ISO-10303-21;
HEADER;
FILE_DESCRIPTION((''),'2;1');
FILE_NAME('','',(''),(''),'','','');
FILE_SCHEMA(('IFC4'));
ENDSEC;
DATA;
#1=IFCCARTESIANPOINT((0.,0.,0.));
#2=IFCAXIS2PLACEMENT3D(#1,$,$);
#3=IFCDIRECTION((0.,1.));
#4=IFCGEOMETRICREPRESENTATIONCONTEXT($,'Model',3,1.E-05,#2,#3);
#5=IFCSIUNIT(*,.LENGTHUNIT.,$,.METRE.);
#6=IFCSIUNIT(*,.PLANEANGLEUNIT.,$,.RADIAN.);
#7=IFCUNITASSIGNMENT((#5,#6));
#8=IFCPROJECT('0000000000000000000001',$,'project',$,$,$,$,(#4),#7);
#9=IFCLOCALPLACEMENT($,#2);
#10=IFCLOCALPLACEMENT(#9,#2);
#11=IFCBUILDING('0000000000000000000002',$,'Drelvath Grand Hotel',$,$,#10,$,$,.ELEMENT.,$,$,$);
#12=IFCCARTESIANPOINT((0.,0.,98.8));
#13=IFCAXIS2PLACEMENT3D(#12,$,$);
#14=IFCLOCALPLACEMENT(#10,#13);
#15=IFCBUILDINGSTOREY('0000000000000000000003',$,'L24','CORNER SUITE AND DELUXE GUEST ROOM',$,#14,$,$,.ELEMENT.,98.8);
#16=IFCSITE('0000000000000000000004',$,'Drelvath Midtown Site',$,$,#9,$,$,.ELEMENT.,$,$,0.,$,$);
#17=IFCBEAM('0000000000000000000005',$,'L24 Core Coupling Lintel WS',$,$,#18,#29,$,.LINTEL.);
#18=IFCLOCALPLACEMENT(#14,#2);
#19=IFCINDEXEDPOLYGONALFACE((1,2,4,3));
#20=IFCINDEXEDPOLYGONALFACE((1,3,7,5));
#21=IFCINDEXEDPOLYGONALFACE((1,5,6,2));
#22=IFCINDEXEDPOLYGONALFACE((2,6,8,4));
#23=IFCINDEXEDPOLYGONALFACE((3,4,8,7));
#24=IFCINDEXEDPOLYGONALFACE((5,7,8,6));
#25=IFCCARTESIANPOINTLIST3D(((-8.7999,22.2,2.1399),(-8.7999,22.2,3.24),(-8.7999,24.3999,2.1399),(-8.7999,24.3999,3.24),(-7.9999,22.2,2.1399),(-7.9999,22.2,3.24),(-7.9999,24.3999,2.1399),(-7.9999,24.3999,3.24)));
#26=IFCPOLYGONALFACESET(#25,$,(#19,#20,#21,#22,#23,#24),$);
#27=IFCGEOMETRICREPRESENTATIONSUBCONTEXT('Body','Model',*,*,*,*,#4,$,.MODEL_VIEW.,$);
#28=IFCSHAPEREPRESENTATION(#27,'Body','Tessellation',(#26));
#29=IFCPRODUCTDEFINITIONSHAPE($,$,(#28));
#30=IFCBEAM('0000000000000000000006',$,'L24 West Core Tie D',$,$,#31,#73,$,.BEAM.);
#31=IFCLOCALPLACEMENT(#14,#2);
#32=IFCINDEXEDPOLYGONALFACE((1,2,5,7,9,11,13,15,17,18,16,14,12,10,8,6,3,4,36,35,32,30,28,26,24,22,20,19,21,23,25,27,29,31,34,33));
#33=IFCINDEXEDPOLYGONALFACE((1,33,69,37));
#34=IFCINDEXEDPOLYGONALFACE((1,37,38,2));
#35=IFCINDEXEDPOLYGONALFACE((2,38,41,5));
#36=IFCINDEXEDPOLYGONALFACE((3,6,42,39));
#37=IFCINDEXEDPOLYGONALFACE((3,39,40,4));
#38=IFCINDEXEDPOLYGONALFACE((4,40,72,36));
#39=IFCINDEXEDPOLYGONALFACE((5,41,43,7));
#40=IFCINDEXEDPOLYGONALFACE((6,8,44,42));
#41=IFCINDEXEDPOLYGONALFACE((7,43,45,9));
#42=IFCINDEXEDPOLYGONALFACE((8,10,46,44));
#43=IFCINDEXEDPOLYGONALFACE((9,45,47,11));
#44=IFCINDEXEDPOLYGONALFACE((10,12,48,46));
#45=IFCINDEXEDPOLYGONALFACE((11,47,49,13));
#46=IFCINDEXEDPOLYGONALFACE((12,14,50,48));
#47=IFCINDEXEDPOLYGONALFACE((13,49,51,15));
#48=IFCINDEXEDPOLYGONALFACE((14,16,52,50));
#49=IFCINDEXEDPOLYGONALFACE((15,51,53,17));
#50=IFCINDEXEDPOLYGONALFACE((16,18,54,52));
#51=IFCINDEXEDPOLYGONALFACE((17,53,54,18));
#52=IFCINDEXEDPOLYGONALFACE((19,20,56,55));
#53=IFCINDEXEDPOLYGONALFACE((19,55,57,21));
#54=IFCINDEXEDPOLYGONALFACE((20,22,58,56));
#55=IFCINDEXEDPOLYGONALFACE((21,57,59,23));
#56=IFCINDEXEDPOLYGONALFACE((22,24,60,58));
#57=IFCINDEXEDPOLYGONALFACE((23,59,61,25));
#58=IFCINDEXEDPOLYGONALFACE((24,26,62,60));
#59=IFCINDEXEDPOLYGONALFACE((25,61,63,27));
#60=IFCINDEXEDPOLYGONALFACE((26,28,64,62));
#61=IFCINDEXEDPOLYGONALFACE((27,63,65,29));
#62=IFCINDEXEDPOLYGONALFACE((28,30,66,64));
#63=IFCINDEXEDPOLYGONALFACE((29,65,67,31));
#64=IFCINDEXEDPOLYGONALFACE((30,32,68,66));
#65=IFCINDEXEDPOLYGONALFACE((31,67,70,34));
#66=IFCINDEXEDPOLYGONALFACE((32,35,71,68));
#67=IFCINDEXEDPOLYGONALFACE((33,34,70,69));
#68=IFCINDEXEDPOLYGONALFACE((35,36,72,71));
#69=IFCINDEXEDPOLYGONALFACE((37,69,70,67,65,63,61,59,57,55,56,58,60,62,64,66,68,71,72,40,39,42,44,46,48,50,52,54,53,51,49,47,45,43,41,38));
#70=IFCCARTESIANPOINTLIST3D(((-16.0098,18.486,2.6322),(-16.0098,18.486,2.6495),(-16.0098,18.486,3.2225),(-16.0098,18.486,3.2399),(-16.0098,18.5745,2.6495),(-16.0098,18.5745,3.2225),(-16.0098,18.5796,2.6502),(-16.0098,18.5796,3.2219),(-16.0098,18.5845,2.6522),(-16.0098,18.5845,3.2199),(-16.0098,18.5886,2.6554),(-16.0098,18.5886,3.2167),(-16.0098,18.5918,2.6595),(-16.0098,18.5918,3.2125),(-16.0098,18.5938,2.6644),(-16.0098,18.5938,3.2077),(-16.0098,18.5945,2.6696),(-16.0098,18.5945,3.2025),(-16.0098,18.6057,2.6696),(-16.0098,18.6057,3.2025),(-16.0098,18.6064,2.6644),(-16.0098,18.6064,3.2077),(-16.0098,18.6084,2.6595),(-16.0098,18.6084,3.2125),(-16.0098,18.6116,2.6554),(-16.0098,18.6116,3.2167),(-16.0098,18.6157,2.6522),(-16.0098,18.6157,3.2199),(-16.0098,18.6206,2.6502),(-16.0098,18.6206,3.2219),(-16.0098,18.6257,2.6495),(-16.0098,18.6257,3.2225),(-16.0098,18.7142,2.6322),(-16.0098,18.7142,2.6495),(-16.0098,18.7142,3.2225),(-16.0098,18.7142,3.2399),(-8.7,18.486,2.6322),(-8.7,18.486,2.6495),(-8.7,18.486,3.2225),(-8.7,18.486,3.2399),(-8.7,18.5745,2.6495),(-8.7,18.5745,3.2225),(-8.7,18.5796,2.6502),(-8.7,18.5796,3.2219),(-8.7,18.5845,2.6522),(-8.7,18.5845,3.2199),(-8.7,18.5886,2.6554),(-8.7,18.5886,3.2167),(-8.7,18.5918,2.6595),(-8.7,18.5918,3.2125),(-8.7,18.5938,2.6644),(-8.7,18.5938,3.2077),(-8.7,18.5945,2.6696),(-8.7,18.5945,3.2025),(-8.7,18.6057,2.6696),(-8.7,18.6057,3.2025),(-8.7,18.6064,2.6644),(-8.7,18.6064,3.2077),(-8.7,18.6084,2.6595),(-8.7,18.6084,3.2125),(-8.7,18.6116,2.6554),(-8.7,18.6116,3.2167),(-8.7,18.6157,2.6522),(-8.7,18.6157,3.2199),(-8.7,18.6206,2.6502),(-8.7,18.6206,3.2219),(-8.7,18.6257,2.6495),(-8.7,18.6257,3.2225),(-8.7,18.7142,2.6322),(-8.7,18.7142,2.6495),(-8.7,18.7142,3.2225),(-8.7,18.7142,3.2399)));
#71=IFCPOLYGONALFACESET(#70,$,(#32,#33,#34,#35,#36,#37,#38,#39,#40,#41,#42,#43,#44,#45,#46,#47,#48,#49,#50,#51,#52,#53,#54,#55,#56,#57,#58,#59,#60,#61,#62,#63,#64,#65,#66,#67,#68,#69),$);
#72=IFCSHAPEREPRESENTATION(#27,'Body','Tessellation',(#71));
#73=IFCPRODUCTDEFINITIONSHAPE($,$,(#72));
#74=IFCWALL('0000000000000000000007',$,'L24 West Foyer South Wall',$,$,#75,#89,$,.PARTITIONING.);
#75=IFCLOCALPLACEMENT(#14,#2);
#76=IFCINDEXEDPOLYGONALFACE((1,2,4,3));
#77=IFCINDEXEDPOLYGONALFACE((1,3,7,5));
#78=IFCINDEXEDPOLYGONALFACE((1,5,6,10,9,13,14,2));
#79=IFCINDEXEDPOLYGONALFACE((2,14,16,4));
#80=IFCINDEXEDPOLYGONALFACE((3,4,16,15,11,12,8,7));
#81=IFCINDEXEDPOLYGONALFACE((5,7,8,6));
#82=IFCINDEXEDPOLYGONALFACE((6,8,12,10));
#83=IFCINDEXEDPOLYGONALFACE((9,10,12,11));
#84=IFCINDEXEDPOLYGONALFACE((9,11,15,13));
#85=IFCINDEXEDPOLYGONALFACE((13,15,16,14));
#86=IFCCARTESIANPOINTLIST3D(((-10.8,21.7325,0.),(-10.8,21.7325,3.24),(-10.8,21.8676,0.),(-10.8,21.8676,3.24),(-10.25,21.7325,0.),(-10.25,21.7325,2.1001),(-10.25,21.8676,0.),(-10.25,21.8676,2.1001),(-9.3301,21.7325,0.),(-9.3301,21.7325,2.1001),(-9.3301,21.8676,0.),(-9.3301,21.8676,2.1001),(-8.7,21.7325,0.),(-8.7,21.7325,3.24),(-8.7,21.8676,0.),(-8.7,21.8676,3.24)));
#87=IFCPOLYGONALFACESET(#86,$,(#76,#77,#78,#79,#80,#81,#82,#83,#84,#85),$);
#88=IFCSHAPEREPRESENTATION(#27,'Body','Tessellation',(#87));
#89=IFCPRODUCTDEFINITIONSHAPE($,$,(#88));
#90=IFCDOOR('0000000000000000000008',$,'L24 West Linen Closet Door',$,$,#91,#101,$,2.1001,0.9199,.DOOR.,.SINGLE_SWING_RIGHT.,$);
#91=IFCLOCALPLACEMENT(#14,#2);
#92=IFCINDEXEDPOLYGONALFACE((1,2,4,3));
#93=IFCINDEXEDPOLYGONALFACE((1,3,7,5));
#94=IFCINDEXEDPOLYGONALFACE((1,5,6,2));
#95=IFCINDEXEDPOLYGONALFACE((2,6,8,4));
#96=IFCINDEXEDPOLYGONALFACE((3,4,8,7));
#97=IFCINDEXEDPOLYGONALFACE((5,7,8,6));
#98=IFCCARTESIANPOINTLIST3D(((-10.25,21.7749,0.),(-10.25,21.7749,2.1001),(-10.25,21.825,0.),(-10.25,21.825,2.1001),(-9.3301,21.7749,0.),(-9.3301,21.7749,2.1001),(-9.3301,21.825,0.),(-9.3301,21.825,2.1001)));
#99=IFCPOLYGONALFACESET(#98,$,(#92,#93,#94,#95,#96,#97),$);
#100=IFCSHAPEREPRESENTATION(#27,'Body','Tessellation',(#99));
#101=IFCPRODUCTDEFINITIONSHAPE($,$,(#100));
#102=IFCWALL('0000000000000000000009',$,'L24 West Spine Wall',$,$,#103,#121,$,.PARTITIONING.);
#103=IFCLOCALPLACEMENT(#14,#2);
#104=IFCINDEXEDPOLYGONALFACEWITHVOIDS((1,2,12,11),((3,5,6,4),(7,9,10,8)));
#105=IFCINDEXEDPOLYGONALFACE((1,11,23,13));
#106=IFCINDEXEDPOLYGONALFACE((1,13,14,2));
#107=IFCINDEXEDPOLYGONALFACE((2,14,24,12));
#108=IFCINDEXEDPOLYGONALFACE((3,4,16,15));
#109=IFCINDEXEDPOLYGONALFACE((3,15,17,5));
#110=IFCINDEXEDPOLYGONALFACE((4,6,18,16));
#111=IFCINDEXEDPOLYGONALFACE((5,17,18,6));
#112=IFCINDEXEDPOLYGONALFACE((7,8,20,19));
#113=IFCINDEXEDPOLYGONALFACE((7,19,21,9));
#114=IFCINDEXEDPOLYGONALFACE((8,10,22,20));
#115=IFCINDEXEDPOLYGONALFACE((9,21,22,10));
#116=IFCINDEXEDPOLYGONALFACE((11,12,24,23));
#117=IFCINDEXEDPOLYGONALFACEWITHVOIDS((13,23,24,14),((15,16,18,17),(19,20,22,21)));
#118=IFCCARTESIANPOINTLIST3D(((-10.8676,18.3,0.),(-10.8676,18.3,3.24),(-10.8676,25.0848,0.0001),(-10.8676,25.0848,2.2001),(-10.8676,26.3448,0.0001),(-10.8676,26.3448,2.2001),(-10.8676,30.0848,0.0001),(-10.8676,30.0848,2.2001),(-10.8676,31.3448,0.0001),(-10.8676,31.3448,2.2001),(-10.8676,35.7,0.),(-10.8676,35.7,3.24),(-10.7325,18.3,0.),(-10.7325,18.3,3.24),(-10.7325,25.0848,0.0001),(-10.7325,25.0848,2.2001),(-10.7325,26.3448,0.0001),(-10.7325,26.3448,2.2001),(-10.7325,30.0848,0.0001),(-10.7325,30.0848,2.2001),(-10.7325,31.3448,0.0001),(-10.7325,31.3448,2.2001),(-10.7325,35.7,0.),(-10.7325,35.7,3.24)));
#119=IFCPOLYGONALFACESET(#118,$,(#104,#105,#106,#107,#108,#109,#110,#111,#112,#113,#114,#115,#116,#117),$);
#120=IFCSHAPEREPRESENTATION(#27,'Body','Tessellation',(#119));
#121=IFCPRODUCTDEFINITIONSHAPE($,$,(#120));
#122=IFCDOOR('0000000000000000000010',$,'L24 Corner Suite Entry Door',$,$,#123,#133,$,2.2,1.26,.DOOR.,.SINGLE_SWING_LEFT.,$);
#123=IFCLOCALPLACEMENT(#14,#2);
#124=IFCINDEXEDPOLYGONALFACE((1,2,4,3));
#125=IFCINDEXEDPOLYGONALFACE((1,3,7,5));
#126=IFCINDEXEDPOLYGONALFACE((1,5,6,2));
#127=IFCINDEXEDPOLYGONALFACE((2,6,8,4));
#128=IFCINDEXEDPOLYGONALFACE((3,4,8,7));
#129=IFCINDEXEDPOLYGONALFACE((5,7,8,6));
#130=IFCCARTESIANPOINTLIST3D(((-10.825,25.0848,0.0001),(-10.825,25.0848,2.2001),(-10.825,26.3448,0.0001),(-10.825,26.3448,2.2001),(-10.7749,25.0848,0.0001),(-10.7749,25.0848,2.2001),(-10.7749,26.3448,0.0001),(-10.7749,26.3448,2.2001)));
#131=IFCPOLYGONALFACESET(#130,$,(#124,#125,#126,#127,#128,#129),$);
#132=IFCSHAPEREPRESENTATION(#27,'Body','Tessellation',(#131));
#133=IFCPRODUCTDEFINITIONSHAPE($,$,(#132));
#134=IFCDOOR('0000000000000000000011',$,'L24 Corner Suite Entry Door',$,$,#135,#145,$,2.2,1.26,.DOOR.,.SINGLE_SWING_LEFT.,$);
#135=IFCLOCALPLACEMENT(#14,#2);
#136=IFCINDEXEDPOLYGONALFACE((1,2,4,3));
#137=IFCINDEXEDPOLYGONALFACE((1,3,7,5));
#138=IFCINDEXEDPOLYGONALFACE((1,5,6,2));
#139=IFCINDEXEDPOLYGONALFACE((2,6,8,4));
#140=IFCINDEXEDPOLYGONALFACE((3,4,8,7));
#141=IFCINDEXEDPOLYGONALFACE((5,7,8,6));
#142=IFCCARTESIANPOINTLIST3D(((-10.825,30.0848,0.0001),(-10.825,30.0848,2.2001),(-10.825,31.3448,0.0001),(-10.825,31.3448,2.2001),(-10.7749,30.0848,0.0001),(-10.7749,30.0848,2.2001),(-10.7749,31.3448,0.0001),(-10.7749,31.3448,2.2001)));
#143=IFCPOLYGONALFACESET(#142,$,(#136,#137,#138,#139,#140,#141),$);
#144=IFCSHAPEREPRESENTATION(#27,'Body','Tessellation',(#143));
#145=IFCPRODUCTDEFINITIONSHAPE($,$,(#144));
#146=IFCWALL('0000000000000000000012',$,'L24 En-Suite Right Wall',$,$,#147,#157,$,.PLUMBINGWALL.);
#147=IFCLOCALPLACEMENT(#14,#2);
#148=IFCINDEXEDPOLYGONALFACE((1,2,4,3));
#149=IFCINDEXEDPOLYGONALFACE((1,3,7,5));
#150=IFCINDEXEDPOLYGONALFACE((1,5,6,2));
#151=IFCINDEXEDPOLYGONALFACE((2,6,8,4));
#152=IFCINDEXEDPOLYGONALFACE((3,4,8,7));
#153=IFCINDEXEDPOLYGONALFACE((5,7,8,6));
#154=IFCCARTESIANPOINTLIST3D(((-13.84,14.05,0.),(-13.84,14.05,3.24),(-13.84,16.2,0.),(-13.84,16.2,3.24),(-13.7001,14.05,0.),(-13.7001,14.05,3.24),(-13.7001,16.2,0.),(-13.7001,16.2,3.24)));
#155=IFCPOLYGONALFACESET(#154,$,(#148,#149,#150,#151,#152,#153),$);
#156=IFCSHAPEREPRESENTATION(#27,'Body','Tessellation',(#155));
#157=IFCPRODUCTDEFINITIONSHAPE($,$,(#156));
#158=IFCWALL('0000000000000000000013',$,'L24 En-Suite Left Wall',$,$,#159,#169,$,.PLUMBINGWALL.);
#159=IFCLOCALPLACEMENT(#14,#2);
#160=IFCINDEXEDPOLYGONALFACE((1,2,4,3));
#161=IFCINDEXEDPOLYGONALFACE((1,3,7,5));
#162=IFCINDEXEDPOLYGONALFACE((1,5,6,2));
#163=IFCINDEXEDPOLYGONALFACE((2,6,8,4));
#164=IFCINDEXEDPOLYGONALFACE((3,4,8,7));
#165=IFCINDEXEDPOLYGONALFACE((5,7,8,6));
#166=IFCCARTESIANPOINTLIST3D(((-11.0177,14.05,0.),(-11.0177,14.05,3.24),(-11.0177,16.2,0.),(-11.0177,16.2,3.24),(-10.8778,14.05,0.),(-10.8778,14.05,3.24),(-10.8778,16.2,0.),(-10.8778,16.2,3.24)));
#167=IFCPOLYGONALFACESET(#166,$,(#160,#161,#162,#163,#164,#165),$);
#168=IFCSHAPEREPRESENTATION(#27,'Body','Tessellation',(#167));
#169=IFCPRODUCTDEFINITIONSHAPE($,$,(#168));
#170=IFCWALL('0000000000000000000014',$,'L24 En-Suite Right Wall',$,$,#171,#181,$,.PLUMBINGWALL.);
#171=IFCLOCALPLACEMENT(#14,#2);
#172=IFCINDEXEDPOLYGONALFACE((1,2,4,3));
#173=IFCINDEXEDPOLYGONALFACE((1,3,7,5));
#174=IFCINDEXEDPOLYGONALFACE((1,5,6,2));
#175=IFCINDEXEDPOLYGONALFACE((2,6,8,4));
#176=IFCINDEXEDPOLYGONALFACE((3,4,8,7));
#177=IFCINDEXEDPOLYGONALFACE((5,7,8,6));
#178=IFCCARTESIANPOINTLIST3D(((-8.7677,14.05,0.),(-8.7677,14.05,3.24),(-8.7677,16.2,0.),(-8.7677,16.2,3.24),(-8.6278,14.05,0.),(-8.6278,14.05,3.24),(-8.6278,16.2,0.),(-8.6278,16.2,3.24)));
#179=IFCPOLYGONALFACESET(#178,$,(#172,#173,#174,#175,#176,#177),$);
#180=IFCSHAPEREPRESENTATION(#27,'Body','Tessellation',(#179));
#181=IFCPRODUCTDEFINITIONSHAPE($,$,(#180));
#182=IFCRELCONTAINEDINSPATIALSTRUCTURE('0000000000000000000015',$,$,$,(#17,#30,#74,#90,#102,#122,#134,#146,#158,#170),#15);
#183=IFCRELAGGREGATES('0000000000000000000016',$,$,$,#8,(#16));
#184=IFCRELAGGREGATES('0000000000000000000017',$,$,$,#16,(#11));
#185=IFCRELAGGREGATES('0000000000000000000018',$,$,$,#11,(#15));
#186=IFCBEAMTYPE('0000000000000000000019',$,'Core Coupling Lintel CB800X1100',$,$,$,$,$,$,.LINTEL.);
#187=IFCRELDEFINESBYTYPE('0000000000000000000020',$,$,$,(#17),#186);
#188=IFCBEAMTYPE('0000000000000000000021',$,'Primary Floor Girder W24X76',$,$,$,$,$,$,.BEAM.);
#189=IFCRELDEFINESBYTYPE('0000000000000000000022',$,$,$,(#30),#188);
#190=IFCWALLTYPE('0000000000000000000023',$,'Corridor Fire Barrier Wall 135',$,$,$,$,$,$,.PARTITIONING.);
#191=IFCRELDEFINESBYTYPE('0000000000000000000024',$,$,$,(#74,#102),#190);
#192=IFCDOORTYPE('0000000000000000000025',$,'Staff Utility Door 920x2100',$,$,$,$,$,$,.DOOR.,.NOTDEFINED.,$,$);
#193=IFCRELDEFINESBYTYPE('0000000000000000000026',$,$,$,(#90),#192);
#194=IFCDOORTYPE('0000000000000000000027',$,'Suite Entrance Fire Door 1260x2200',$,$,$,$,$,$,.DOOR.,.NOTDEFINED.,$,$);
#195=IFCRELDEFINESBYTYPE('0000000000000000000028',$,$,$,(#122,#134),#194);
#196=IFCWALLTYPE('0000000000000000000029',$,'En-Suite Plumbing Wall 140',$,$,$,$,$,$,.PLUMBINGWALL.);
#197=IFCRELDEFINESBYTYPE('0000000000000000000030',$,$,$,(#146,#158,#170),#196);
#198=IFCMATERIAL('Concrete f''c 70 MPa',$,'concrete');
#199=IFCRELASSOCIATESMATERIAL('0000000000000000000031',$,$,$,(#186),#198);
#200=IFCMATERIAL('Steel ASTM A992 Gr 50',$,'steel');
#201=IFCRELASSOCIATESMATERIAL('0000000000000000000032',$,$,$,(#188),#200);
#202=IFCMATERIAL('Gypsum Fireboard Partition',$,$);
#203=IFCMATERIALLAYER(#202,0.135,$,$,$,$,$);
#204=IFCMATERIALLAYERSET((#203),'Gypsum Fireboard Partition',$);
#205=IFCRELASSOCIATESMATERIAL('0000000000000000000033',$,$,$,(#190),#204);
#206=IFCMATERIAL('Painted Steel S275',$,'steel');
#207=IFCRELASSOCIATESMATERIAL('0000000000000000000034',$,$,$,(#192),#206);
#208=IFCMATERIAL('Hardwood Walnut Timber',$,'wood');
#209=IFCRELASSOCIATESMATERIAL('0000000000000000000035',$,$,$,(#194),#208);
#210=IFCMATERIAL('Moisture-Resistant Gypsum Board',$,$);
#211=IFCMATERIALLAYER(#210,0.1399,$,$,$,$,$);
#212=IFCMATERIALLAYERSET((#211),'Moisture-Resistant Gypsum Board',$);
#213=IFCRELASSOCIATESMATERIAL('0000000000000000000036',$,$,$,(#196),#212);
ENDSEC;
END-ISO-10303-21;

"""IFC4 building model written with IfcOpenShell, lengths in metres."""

from ifc_helpers import new_model, si_unit, direction, frame, frame_2d, origin, origin_2d, place, context, subcontext, project, spatial, rectangle, i_section, extrude, material, layer, layer_set, material_profile, profile_set, type_object, element, fill, save


model = new_model("IFC4")

# Units and contexts
model_context = context("Model", 3, precision=1e-05, world=origin(), true_north=direction((0.0, 1.0)))
body_context = subcontext(model_context, "Body", "Model", "MODEL_VIEW")
ifc_project = project(units=[si_unit("LENGTHUNIT", "METRE"), si_unit("PLANEANGLEUNIT", "RADIAN")], contexts=[model_context])

# Site, building, storey
site_placement = place(None, origin())
site = spatial("IfcSite", under=ifc_project, at=site_placement, Name="Drelvath Midtown Site", CompositionType="ELEMENT", RefElevation=0.0)
building_placement = place(site_placement, origin())
building = spatial("IfcBuilding", under=site, at=building_placement, Name="Drelvath Grand Hotel", CompositionType="ELEMENT")
storey_placement = place(building_placement, frame((0.0, 0.0, 98.8)))
storey = spatial("IfcBuildingStorey", under=building, at=storey_placement, Name="L24", Description="CORNER SUITE AND DELUXE GUEST ROOM", CompositionType="ELEMENT", Elevation=98.8)

# Beams
ifc_material_1 = material(Name="Concrete f'c 70 MPa", Category="concrete")
ifc_material_profile_1 = material_profile(ifc_material_1, rectangle(XDim=0.8, YDim=1.1001, at=origin_2d()), Name="CB800X1100")
ifc_profile_set_1 = profile_set([ifc_material_profile_1], Name="Concrete f'c 70 MPa")
beam_type_1 = type_object("IfcBeamType", Name="Core Coupling Lintel CB800X1100", PredefinedType="LINTEL", material=ifc_profile_set_1)
beam_1_placement = place(storey_placement, frame((-8.3999, 22.2, 2.6899), z_axis=(0.0, 1.0, 0.0), x_axis=(-1.0, 0.0, 0.0)))
element("IfcBeam", 1, at=beam_1_placement, inside=storey, type_object=beam_type_1, Name="L24 Core Coupling Lintel WS", PredefinedType="LINTEL", context=body_context, shape_type="SweptSolid", body=[
    extrude(rectangle(XDim=0.8, YDim=1.1001, at=origin_2d()), origin(), (0.0, 0.0, 1.0), 2.2),
])
ifc_material_2 = material(Name="Steel ASTM A992 Gr 50", Category="steel")
ifc_material_profile_2 = material_profile(ifc_material_2, i_section(OverallWidth=0.2283, OverallDepth=0.6077, WebThickness=0.0112, FlangeThickness=0.0173, FilletRadius=0.02, at=origin_2d()), Name="W24X76")
ifc_profile_set_2 = profile_set([ifc_material_profile_2], Name="Steel ASTM A992 Gr 50")
beam_type_2 = type_object("IfcBeamType", Name="Primary Floor Girder W24X76", PredefinedType="BEAM", material=ifc_profile_set_2)
beam_2_placement = place(storey_placement, frame((-16.0098, 18.6001, 2.936), z_axis=(1.0, 0.0, 0.0), x_axis=(0.0, 1.0, 0.0)))
element("IfcBeam", 2, at=beam_2_placement, inside=storey, type_object=beam_type_2, Name="L24 West Core Tie D", PredefinedType="BEAM", context=body_context, shape_type="SweptSolid", body=[
    extrude(i_section(OverallWidth=0.2283, OverallDepth=0.6077, WebThickness=0.0112, FlangeThickness=0.0173, FilletRadius=0.02, at=origin_2d()), origin(), (0.0, 0.0, 1.0), 7.3098),
])

# Wall, opening, door
ifc_material_3 = material(Name="Gypsum Fireboard Partition")
ifc_layer_1 = layer(ifc_material_3, 0.135)
ifc_layer_set_1 = layer_set([ifc_layer_1], Name="Gypsum Fireboard Partition")
wall_type_1 = type_object("IfcWallType", Name="Corridor Fire Barrier Wall 135", PredefinedType="PARTITIONING", material=ifc_layer_set_1)
wall_1_placement = place(storey_placement, frame((-10.8, 21.8, 0.0), z_axis=(0.0, 0.0, 1.0), x_axis=(1.0, 0.0, 0.0)))
wall_1 = element("IfcWall", 3, at=wall_1_placement, inside=storey, type_object=wall_type_1, Name="L24 West Foyer South Wall", PredefinedType="PARTITIONING", context=body_context, shape_type="SweptSolid", body=[
    extrude(rectangle(XDim=2.1001, YDim=0.135, at=frame_2d((1.05, 0.0))), origin(), (0.0, 0.0, 1.0), 3.24),
])
opening_1_placement = place(wall_1_placement, frame((0.55, 0.0, 0.0)))
opening_1 = element("IfcOpeningElement", 4, at=opening_1_placement, cuts=wall_1, PredefinedType="OPENING", context=body_context, shape_type="SweptSolid", body=[
    extrude(rectangle(XDim=0.9199, YDim=2.1001, at=frame_2d((0.46, 1.05))), frame((0.0, 0.0774, 0.0), z_axis=(0.0, -1.0, 0.0), x_axis=(1.0, 0.0, 0.0)), (0.0, 0.0, 1.0), 0.155),
])
ifc_material_4 = material(Name="Painted Steel S275", Category="steel")
door_type_1 = type_object("IfcDoorType", Name="Staff Utility Door 920x2100", OperationType="NOTDEFINED", PredefinedType="DOOR", material=ifc_material_4)
door_1_placement = place(opening_1_placement, origin())
door_1 = element("IfcDoor", 5, at=door_1_placement, inside=storey, type_object=door_type_1, Name="L24 West Linen Closet Door", OperationType="SINGLE_SWING_RIGHT", OverallHeight=2.1001, OverallWidth=0.9199, PredefinedType="DOOR", context=body_context, shape_type="SweptSolid", body=[
    extrude(rectangle(XDim=0.9199, YDim=2.1001, at=frame_2d((0.46, 1.05))), frame((0.0, 0.0249, 0.0), z_axis=(0.0, -1.0, 0.0), x_axis=(1.0, 0.0, 0.0)), (0.0, 0.0, 1.0), 0.05),
])
fill(opening_1, door_1)

# Wall, openings, doors
wall_2_placement = place(storey_placement, frame((-10.8, 18.3, 0.0), z_axis=(0.0, 0.0, 1.0), x_axis=(0.0, 1.0, 0.0)))
wall_2 = element("IfcWall", 6, at=wall_2_placement, inside=storey, type_object=wall_type_1, Name="L24 West Spine Wall", PredefinedType="PARTITIONING", context=body_context, shape_type="SweptSolid", body=[
    extrude(rectangle(XDim=17.3999, YDim=0.135, at=frame_2d((8.7, 0.0))), origin(), (0.0, 0.0, 1.0), 3.24),
])
opening_2_placement = place(wall_2_placement, frame((6.7849, 0.0, 0.0)))
opening_2 = element("IfcOpeningElement", 7, at=opening_2_placement, cuts=wall_2, PredefinedType="OPENING", context=body_context, shape_type="SweptSolid", body=[
    extrude(rectangle(XDim=1.26, YDim=2.2, at=frame_2d((0.6299, 1.1001))), frame((0.0, 0.0774, 0.0), z_axis=(0.0, -1.0, 0.0), x_axis=(1.0, 0.0, 0.0)), (0.0, 0.0, 1.0), 0.155),
])
opening_3_placement = place(wall_2_placement, frame((11.7849, 0.0, 0.0)))
opening_3 = element("IfcOpeningElement", 8, at=opening_3_placement, cuts=wall_2, PredefinedType="OPENING", context=body_context, shape_type="SweptSolid", body=[
    extrude(rectangle(XDim=1.26, YDim=2.2, at=frame_2d((0.6299, 1.1001))), frame((0.0, 0.0774, 0.0), z_axis=(0.0, -1.0, 0.0), x_axis=(1.0, 0.0, 0.0)), (0.0, 0.0, 1.0), 0.155),
])
ifc_material_5 = material(Name="Hardwood Walnut Timber", Category="wood")
door_type_2 = type_object("IfcDoorType", Name="Suite Entrance Fire Door 1260x2200", OperationType="NOTDEFINED", PredefinedType="DOOR", material=ifc_material_5)
door_2_placement = place(opening_2_placement, origin())
door_2 = element("IfcDoor", 9, at=door_2_placement, inside=storey, type_object=door_type_2, Name="L24 Corner Suite Entry Door", OperationType="SINGLE_SWING_LEFT", OverallHeight=2.2, OverallWidth=1.26, PredefinedType="DOOR", context=body_context, shape_type="SweptSolid", body=[
    extrude(rectangle(XDim=1.26, YDim=2.2, at=frame_2d((0.6299, 1.1001))), frame((0.0, 0.0249, 0.0), z_axis=(0.0, -1.0, 0.0), x_axis=(1.0, 0.0, 0.0)), (0.0, 0.0, 1.0), 0.05),
])
fill(opening_2, door_2)
door_3_placement = place(opening_3_placement, origin())
door_3 = element("IfcDoor", 10, at=door_3_placement, inside=storey, type_object=door_type_2, Name="L24 Corner Suite Entry Door", OperationType="SINGLE_SWING_LEFT", OverallHeight=2.2, OverallWidth=1.26, PredefinedType="DOOR", context=body_context, shape_type="SweptSolid", body=[
    extrude(rectangle(XDim=1.26, YDim=2.2, at=frame_2d((0.6299, 1.1001))), frame((0.0, 0.0249, 0.0), z_axis=(0.0, -1.0, 0.0), x_axis=(1.0, 0.0, 0.0)), (0.0, 0.0, 1.0), 0.05),
])
fill(opening_3, door_3)

# Walls
ifc_material_6 = material(Name="Moisture-Resistant Gypsum Board")
ifc_layer_2 = layer(ifc_material_6, 0.1399)
ifc_layer_set_2 = layer_set([ifc_layer_2], Name="Moisture-Resistant Gypsum Board")
wall_type_2 = type_object("IfcWallType", Name="En-Suite Plumbing Wall 140", PredefinedType="PLUMBINGWALL", material=ifc_layer_set_2)
for number, where, z_axis, x_axis, name in (
    (11, (-13.77, 16.2, 0.0), (0.0, 0.0, 1.0), (0.0, -1.0, 0.0), "L24 En-Suite Right Wall"),
    (12, (-10.9478, 16.2, 0.0), (0.0, 0.0, 1.0), (0.0, -1.0, 0.0), "L24 En-Suite Left Wall"),
    (13, (-8.6978, 16.2, 0.0), (0.0, 0.0, 1.0), (0.0, -1.0, 0.0), "L24 En-Suite Right Wall"),
):
    element("IfcWall", number, at=place(storey_placement, frame(where, z_axis=z_axis, x_axis=x_axis)), inside=storey, type_object=wall_type_2, Name=name, PredefinedType="PLUMBINGWALL", context=body_context, shape_type="SweptSolid", body=[
        extrude(rectangle(XDim=2.1499, YDim=0.1399, at=frame_2d((1.075, 0.0))), origin(), (0.0, 0.0, 1.0), 3.24),
    ])

save(model, "model.ifc")
